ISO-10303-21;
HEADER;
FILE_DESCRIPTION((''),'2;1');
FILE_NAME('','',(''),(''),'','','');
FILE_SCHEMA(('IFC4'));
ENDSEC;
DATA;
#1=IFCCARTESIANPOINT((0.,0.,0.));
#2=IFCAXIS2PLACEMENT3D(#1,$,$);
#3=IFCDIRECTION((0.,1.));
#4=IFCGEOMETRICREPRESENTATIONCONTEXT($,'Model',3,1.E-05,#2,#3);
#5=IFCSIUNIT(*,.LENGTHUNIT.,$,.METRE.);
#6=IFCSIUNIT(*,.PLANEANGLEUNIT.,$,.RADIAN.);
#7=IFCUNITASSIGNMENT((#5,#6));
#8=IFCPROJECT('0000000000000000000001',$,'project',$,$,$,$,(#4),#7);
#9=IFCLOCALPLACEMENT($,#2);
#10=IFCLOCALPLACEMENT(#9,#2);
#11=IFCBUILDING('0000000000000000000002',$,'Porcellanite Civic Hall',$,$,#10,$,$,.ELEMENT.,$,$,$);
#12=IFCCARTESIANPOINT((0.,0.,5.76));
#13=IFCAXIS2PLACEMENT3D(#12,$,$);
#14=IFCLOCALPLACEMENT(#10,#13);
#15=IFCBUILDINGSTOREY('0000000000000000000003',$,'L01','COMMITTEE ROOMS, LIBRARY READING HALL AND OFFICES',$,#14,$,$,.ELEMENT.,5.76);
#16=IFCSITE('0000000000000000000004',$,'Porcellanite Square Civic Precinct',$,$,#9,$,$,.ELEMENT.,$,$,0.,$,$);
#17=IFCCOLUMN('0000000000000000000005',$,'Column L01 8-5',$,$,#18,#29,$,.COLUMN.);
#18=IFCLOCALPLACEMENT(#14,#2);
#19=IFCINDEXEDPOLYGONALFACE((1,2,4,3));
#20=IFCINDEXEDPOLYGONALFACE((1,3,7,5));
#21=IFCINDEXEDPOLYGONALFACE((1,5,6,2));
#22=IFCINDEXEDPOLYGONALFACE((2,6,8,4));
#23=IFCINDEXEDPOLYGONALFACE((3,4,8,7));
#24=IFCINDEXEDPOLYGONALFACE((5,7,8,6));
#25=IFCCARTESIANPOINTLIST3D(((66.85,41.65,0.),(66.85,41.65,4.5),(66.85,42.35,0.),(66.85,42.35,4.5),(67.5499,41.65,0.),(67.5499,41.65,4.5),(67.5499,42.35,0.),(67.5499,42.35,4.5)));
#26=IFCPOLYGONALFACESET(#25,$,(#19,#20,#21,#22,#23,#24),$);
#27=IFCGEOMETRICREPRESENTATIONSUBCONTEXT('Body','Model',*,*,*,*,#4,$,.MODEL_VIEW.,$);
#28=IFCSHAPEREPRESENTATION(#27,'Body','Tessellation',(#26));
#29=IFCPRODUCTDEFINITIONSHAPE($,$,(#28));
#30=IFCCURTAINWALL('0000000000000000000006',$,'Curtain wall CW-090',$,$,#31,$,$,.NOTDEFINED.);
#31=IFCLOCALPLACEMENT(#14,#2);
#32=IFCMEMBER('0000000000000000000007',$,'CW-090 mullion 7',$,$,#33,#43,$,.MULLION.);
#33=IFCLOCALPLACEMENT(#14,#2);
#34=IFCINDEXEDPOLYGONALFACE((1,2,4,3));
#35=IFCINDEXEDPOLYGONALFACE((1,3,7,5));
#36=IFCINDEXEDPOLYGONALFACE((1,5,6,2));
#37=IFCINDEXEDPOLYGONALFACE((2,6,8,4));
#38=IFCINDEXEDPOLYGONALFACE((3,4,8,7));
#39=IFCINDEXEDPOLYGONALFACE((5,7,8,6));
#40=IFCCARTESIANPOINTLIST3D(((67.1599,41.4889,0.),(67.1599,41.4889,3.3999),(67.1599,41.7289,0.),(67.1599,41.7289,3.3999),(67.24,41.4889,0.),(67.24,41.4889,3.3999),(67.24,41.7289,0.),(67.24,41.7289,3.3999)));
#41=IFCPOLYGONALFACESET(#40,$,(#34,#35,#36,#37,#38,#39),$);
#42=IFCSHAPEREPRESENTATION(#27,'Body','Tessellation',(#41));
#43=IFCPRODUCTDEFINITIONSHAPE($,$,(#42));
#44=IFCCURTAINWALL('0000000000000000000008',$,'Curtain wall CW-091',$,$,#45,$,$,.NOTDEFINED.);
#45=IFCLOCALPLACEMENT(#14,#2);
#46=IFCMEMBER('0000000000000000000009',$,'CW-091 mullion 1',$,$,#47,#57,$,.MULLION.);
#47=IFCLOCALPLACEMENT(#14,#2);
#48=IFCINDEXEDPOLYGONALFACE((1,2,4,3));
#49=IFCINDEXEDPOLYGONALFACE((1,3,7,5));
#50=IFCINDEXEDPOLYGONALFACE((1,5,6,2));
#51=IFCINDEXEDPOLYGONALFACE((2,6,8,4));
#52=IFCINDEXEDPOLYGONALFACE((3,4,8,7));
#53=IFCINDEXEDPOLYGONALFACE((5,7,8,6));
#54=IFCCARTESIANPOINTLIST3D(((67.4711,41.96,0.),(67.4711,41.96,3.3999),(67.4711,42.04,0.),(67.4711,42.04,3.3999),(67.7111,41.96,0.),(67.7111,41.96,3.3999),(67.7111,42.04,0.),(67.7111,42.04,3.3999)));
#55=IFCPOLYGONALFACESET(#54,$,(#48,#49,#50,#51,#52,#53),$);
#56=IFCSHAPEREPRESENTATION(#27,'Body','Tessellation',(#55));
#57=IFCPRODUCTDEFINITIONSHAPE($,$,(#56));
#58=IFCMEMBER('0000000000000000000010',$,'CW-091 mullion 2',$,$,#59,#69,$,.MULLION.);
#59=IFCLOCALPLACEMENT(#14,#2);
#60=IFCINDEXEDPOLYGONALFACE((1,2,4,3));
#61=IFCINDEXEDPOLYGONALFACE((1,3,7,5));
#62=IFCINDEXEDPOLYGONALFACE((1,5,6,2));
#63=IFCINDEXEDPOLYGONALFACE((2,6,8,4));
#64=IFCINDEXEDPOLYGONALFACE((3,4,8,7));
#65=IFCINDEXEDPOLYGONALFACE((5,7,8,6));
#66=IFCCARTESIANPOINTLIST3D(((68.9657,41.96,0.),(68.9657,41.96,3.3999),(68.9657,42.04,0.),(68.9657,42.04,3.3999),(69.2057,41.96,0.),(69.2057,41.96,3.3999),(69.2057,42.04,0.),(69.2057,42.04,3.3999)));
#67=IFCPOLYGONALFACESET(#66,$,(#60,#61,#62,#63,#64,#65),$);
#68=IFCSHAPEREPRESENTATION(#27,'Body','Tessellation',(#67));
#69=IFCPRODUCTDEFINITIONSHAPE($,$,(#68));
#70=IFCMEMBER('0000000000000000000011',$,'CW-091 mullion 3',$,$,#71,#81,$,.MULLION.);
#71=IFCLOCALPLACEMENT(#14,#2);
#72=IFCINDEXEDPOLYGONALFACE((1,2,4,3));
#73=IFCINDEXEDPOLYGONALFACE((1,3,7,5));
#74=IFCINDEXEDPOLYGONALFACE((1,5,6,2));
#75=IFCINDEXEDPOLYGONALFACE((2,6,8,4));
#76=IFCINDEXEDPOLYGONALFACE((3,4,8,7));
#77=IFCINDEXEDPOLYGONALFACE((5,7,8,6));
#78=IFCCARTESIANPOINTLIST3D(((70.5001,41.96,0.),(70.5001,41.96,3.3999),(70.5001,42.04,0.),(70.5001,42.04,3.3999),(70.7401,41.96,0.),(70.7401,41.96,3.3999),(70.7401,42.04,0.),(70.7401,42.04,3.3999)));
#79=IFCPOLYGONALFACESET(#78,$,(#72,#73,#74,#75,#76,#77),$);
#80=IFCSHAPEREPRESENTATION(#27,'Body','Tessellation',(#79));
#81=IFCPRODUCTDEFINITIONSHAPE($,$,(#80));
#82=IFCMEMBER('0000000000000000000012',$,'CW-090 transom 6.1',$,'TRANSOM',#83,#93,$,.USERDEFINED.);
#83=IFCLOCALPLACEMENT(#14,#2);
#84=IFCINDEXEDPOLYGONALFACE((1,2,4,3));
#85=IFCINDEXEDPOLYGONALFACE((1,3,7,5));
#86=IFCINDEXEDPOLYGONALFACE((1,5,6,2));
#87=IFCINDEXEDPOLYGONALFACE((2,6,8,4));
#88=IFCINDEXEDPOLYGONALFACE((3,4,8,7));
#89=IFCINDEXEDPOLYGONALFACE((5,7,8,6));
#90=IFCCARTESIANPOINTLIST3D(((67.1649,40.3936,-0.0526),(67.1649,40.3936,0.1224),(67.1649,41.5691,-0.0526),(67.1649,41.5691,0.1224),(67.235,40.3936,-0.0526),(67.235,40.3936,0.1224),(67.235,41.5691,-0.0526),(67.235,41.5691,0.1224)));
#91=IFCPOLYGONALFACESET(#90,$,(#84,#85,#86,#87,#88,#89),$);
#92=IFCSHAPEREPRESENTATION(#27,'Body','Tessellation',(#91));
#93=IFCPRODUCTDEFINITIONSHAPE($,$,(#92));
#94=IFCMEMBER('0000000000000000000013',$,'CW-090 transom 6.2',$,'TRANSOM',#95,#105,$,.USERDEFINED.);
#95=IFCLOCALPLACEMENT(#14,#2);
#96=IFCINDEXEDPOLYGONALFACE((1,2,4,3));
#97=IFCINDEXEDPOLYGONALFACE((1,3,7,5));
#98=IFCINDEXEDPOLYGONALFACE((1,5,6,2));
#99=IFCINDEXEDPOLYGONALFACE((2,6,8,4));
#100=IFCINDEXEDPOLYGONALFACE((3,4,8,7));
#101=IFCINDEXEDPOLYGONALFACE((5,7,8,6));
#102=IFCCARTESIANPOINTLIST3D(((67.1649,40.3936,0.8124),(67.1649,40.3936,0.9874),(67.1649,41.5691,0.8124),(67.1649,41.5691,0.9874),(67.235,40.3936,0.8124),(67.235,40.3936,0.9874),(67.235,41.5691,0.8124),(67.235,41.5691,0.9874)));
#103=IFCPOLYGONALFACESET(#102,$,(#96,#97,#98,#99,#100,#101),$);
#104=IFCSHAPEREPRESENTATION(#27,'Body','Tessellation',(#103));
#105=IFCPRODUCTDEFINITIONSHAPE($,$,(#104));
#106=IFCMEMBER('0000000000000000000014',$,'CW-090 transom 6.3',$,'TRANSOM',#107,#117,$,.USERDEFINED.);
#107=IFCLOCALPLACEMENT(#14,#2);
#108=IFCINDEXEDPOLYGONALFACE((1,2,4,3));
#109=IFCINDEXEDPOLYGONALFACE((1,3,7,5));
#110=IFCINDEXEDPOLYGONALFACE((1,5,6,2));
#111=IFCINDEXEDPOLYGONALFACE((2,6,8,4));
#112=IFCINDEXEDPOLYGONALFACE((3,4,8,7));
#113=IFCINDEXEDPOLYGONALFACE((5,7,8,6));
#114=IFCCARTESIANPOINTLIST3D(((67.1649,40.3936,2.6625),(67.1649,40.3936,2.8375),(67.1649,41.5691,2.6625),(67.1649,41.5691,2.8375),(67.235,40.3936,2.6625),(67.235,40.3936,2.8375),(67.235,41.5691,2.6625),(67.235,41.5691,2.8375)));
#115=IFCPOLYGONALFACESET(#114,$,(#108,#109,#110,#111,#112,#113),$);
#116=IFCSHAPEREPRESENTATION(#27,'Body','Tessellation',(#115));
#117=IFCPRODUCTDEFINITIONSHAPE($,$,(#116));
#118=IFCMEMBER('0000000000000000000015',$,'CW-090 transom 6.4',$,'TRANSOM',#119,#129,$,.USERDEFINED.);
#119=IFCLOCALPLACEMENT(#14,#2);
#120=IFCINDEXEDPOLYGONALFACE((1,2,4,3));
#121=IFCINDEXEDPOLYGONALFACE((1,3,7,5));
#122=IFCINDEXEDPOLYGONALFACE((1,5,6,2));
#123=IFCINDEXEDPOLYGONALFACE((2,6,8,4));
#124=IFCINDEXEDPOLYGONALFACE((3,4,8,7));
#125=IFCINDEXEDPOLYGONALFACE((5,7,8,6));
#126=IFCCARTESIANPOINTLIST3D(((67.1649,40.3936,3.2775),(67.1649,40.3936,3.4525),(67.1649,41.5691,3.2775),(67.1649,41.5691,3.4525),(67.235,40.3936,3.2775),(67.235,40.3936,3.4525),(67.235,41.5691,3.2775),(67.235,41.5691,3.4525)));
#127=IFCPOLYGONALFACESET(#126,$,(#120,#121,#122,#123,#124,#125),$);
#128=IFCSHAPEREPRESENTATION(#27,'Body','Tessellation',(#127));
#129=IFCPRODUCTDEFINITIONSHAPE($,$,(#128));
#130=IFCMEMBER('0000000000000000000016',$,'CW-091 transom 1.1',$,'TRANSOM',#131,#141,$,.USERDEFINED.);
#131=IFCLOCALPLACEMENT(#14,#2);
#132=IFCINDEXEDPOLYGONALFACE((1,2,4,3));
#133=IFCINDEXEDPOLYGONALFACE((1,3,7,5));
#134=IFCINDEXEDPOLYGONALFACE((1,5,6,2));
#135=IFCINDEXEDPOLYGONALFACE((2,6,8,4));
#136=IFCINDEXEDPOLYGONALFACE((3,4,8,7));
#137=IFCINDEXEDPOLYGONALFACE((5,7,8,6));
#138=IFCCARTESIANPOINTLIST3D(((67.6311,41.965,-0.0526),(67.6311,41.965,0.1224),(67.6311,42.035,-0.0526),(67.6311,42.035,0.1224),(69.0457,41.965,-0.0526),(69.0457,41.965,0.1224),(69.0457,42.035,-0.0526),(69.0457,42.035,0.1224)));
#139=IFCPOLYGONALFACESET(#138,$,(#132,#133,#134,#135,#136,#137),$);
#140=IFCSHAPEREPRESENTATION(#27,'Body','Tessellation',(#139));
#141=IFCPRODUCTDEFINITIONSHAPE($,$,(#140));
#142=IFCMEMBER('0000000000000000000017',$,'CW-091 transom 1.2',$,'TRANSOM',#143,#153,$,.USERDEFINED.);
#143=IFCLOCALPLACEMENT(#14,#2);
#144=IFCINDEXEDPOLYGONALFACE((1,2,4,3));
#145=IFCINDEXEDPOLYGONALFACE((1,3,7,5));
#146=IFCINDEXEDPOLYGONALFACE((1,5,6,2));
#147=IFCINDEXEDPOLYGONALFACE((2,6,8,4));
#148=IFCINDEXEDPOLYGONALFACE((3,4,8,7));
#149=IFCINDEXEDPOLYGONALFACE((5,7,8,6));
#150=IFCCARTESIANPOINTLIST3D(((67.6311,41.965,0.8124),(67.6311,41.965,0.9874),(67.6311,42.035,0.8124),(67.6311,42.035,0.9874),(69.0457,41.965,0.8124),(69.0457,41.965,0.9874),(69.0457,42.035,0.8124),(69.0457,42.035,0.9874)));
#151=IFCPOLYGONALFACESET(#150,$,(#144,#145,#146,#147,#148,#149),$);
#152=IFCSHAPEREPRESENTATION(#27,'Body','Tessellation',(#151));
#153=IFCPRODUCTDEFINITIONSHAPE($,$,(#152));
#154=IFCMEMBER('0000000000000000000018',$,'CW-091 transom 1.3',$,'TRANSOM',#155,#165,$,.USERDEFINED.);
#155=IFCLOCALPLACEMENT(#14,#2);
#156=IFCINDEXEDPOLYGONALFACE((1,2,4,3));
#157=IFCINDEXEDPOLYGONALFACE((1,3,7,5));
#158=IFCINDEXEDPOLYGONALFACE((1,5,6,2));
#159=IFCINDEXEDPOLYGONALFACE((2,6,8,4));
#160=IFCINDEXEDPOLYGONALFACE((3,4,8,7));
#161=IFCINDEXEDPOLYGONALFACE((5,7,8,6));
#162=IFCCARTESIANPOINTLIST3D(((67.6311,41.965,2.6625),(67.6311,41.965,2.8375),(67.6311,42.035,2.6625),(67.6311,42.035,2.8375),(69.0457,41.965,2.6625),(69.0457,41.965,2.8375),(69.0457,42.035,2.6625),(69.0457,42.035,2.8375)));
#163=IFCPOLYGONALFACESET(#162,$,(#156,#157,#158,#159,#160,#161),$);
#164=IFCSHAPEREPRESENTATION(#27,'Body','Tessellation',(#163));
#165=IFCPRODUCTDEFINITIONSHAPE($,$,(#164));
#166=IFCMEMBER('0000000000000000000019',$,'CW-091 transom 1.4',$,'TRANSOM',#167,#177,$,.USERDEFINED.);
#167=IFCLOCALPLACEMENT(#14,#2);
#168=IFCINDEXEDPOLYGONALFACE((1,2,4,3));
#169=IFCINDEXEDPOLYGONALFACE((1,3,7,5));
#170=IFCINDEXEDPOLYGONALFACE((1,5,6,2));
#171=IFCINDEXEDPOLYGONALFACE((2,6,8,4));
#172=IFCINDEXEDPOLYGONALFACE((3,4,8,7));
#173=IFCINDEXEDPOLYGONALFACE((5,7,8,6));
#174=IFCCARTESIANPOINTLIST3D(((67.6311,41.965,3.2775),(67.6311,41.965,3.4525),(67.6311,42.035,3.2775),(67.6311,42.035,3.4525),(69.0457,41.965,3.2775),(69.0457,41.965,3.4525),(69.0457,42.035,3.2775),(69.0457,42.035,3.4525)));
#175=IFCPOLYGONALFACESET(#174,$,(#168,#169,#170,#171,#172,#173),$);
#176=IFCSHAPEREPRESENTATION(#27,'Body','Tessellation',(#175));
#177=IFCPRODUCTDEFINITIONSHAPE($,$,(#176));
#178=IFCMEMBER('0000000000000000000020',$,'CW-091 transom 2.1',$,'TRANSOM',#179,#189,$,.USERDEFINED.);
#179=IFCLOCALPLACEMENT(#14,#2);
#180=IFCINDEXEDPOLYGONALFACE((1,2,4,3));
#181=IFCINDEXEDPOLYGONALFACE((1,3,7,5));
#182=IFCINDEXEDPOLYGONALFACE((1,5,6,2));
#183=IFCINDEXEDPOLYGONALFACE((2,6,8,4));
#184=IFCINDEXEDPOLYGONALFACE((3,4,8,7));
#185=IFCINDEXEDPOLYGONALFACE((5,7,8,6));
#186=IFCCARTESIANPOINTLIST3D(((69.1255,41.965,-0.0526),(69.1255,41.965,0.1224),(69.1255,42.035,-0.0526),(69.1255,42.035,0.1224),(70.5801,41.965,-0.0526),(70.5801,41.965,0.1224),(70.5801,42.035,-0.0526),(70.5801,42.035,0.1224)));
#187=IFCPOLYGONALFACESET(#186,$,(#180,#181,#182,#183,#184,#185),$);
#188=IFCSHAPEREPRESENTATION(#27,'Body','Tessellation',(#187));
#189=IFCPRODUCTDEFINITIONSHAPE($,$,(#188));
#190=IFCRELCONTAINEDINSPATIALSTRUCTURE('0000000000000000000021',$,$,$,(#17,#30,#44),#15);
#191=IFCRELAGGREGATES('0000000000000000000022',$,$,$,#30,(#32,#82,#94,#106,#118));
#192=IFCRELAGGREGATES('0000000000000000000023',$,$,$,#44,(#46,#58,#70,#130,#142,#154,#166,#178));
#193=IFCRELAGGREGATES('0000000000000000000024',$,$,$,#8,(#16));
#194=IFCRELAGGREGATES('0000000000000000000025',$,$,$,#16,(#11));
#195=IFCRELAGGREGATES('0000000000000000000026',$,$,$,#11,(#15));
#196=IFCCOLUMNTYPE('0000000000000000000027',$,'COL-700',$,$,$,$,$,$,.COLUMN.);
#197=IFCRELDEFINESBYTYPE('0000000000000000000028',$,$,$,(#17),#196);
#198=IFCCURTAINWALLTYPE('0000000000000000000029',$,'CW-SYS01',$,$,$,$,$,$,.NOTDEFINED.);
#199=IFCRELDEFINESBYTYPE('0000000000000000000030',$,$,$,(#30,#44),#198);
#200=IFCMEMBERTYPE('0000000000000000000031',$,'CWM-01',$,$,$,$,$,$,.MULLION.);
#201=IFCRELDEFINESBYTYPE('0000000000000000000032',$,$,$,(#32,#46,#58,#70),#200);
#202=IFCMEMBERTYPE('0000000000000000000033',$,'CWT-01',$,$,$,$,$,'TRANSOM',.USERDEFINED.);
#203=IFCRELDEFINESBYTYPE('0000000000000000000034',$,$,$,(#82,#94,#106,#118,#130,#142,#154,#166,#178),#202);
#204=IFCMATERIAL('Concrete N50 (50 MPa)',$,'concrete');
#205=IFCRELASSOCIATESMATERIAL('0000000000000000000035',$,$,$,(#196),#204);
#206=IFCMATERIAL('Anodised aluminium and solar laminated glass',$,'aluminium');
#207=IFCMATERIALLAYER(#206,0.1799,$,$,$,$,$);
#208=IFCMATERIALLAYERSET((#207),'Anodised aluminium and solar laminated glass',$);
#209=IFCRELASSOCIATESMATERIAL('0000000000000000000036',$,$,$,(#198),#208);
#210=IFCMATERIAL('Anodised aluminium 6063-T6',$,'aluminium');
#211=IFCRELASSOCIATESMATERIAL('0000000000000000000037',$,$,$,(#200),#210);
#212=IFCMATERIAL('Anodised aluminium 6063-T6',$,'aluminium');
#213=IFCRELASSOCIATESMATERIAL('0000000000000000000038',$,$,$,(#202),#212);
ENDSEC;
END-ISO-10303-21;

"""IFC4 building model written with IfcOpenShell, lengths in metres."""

from ifc_helpers import new_model, si_unit, direction, frame, origin, origin_2d, place, context, subcontext, project, spatial, rectangle, extrude, material, layer, layer_set, material_profile, profile_set, type_object, element, aggregate, save


model = new_model("IFC4")

# Units and contexts
model_context = context("Model", 3, precision=1e-05, world=origin(), true_north=direction((0.0, 1.0)))
body_context = subcontext(model_context, "Body", "Model", "MODEL_VIEW")
ifc_project = project(units=[si_unit("LENGTHUNIT", "METRE"), si_unit("PLANEANGLEUNIT", "RADIAN")], contexts=[model_context])

# Site, building, storey
site_placement = place(None, origin())
site = spatial("IfcSite", under=ifc_project, at=site_placement, Name="Porcellanite Square Civic Precinct", CompositionType="ELEMENT", RefElevation=0.0)
building_placement = place(site_placement, origin())
building = spatial("IfcBuilding", under=site, at=building_placement, Name="Porcellanite Civic Hall", CompositionType="ELEMENT")
storey_placement = place(building_placement, frame((0.0, 0.0, 5.76)))
storey = spatial("IfcBuildingStorey", under=building, at=storey_placement, Name="L01", Description="COMMITTEE ROOMS, LIBRARY READING HALL AND OFFICES", CompositionType="ELEMENT", Elevation=5.76)

# Column
ifc_material_1 = material(Name="Concrete N50 (50 MPa)", Category="concrete")
ifc_material_profile_1 = material_profile(ifc_material_1, rectangle(XDim=0.7, YDim=0.7, at=origin_2d()), Name="RC-700x700")
ifc_profile_set_1 = profile_set([ifc_material_profile_1], Name="Concrete N50 (50 MPa)")
column_type = type_object("IfcColumnType", Name="COL-700", PredefinedType="COLUMN", material=ifc_profile_set_1)
column_placement = place(storey_placement, frame((67.2, 42.0, 0.0), z_axis=(0.0, 0.0, 1.0), x_axis=(1.0, 0.0, 0.0)))
element("IfcColumn", 1, at=column_placement, inside=storey, type_object=column_type, Name="Column L01 8-5", PredefinedType="COLUMN", context=body_context, shape_type="SweptSolid", body=[
    extrude(rectangle(XDim=0.7, YDim=0.7, at=origin_2d()), origin(), (0.0, 0.0, 1.0), 4.5),
])

# Curtain wall, member
ifc_material_2 = material(Name="Anodised aluminium and solar laminated glass", Category="aluminium")
ifc_layer_1 = layer(ifc_material_2, 0.1799)
ifc_layer_set_1 = layer_set([ifc_layer_1], Name="Anodised aluminium and solar laminated glass")
curtain_wall_type = type_object("IfcCurtainWallType", Name="CW-SYS01", PredefinedType="NOTDEFINED", material=ifc_layer_set_1)
curtain_wall_1_placement = place(storey_placement, origin())
curtain_wall_1 = element("IfcCurtainWall", 2, at=curtain_wall_1_placement, inside=storey, type_object=curtain_wall_type, Name="Curtain wall CW-090", PredefinedType="NOTDEFINED")
ifc_material_3 = material(Name="Anodised aluminium 6063-T6", Category="aluminium")
ifc_material_profile_2 = material_profile(ifc_material_3, rectangle(XDim=0.0801, YDim=0.24, at=origin_2d()), Name="AL-80x240")
ifc_profile_set_2 = profile_set([ifc_material_profile_2], Name="Anodised aluminium 6063-T6")
member_type_1 = type_object("IfcMemberType", Name="CWM-01", PredefinedType="MULLION", material=ifc_profile_set_2)
member_1_placement = place(storey_placement, frame((67.2, 41.6089, 0.0), z_axis=(0.0, 0.0, 1.0), x_axis=(-1.0, 0.0, 0.0)))
member_1 = element("IfcMember", 3, at=member_1_placement, type_object=member_type_1, Name="CW-090 mullion 7", PredefinedType="MULLION", context=body_context, shape_type="SweptSolid", body=[
    extrude(rectangle(XDim=0.0801, YDim=0.24, at=origin_2d()), origin(), (0.0, 0.0, 1.0), 3.3999),
])

# Curtain wall, members
curtain_wall_2_placement = place(storey_placement, origin())
curtain_wall_2 = element("IfcCurtainWall", 4, at=curtain_wall_2_placement, inside=storey, type_object=curtain_wall_type, Name="Curtain wall CW-091", PredefinedType="NOTDEFINED")
member_2_placement = place(storey_placement, frame((67.5911, 42.0, 0.0), z_axis=(0.0, 0.0, 1.0), x_axis=(0.0, 1.0, 0.0)))
member_2 = element("IfcMember", 5, at=member_2_placement, type_object=member_type_1, Name="CW-091 mullion 1", PredefinedType="MULLION", context=body_context, shape_type="SweptSolid", body=[
    extrude(rectangle(XDim=0.0801, YDim=0.24, at=origin_2d()), origin(), (0.0, 0.0, 1.0), 3.3999),
])
member_3_placement = place(storey_placement, frame((69.0857, 42.0, 0.0), z_axis=(0.0, 0.0, 1.0), x_axis=(0.0, 1.0, 0.0)))
member_3 = element("IfcMember", 6, at=member_3_placement, type_object=member_type_1, Name="CW-091 mullion 2", PredefinedType="MULLION", context=body_context, shape_type="SweptSolid", body=[
    extrude(rectangle(XDim=0.0801, YDim=0.24, at=origin_2d()), origin(), (0.0, 0.0, 1.0), 3.3999),
])
member_4_placement = place(storey_placement, frame((70.6201, 42.0, 0.0), z_axis=(0.0, 0.0, 1.0), x_axis=(0.0, 1.0, 0.0)))
member_4 = element("IfcMember", 7, at=member_4_placement, type_object=member_type_1, Name="CW-091 mullion 3", PredefinedType="MULLION", context=body_context, shape_type="SweptSolid", body=[
    extrude(rectangle(XDim=0.0801, YDim=0.24, at=origin_2d()), origin(), (0.0, 0.0, 1.0), 3.3999),
])

# Members
ifc_material_4 = material(Name="Anodised aluminium 6063-T6", Category="aluminium")
ifc_material_profile_3 = material_profile(ifc_material_4, rectangle(XDim=0.0701, YDim=0.175, at=origin_2d()), Name="AL-70x175")
ifc_profile_set_3 = profile_set([ifc_material_profile_3], Name="Anodised aluminium 6063-T6")
member_type_2 = type_object("IfcMemberType", Name="CWT-01", ElementType="TRANSOM", PredefinedType="USERDEFINED", material=ifc_profile_set_3)
member_5_placement = place(storey_placement, frame((67.2, 40.3936, 0.0349), z_axis=(0.0, 1.0, 0.0), x_axis=(-1.0, 0.0, 0.0)))
member_5 = element("IfcMember", 8, at=member_5_placement, type_object=member_type_2, Name="CW-090 transom 6.1", ObjectType="TRANSOM", PredefinedType="USERDEFINED", context=body_context, shape_type="SweptSolid", body=[
    extrude(rectangle(XDim=0.0701, YDim=0.175, at=origin_2d()), origin(), (0.0, 0.0, 1.0), 1.1755),
])
member_6_placement = place(storey_placement, frame((67.2, 40.3936, 0.8999), z_axis=(0.0, 1.0, 0.0), x_axis=(-1.0, 0.0, 0.0)))
member_6 = element("IfcMember", 9, at=member_6_placement, type_object=member_type_2, Name="CW-090 transom 6.2", ObjectType="TRANSOM", PredefinedType="USERDEFINED", context=body_context, shape_type="SweptSolid", body=[
    extrude(rectangle(XDim=0.0701, YDim=0.175, at=origin_2d()), origin(), (0.0, 0.0, 1.0), 1.1755),
])
member_7_placement = place(storey_placement, frame((67.2, 40.3936, 2.75), z_axis=(0.0, 1.0, 0.0), x_axis=(-1.0, 0.0, 0.0)))
member_7 = element("IfcMember", 10, at=member_7_placement, type_object=member_type_2, Name="CW-090 transom 6.3", ObjectType="TRANSOM", PredefinedType="USERDEFINED", context=body_context, shape_type="SweptSolid", body=[
    extrude(rectangle(XDim=0.0701, YDim=0.175, at=origin_2d()), origin(), (0.0, 0.0, 1.0), 1.1755),
])
member_8_placement = place(storey_placement, frame((67.2, 40.3936, 3.365), z_axis=(0.0, 1.0, 0.0), x_axis=(-1.0, 0.0, 0.0)))
member_8 = element("IfcMember", 11, at=member_8_placement, type_object=member_type_2, Name="CW-090 transom 6.4", ObjectType="TRANSOM", PredefinedType="USERDEFINED", context=body_context, shape_type="SweptSolid", body=[
    extrude(rectangle(XDim=0.0701, YDim=0.175, at=origin_2d()), origin(), (0.0, 0.0, 1.0), 1.1755),
])
member_9_placement = place(storey_placement, frame((67.6311, 42.0, 0.0349), z_axis=(1.0, 0.0, 0.0), x_axis=(0.0, 1.0, 0.0)))
member_9 = element("IfcMember", 12, at=member_9_placement, type_object=member_type_2, Name="CW-091 transom 1.1", ObjectType="TRANSOM", PredefinedType="USERDEFINED", context=body_context, shape_type="SweptSolid", body=[
    extrude(rectangle(XDim=0.0701, YDim=0.175, at=origin_2d()), origin(), (0.0, 0.0, 1.0), 1.4146),
])
member_10_placement = place(storey_placement, frame((67.6311, 42.0, 0.8999), z_axis=(1.0, 0.0, 0.0), x_axis=(0.0, 1.0, 0.0)))
member_10 = element("IfcMember", 13, at=member_10_placement, type_object=member_type_2, Name="CW-091 transom 1.2", ObjectType="TRANSOM", PredefinedType="USERDEFINED", context=body_context, shape_type="SweptSolid", body=[
    extrude(rectangle(XDim=0.0701, YDim=0.175, at=origin_2d()), origin(), (0.0, 0.0, 1.0), 1.4146),
])
member_11_placement = place(storey_placement, frame((67.6311, 42.0, 2.75), z_axis=(1.0, 0.0, 0.0), x_axis=(0.0, 1.0, 0.0)))
member_11 = element("IfcMember", 14, at=member_11_placement, type_object=member_type_2, Name="CW-091 transom 1.3", ObjectType="TRANSOM", PredefinedType="USERDEFINED", context=body_context, shape_type="SweptSolid", body=[
    extrude(rectangle(XDim=0.0701, YDim=0.175, at=origin_2d()), origin(), (0.0, 0.0, 1.0), 1.4146),
])
member_12_placement = place(storey_placement, frame((67.6311, 42.0, 3.365), z_axis=(1.0, 0.0, 0.0), x_axis=(0.0, 1.0, 0.0)))
member_12 = element("IfcMember", 15, at=member_12_placement, type_object=member_type_2, Name="CW-091 transom 1.4", ObjectType="TRANSOM", PredefinedType="USERDEFINED", context=body_context, shape_type="SweptSolid", body=[
    extrude(rectangle(XDim=0.0701, YDim=0.175, at=origin_2d()), origin(), (0.0, 0.0, 1.0), 1.4146),
])
member_13_placement = place(storey_placement, frame((69.1255, 42.0, 0.0349), z_axis=(1.0, 0.0, 0.0), x_axis=(0.0, 1.0, 0.0)))
member_13 = element("IfcMember", 16, at=member_13_placement, type_object=member_type_2, Name="CW-091 transom 2.1", ObjectType="TRANSOM", PredefinedType="USERDEFINED", context=body_context, shape_type="SweptSolid", body=[
    extrude(rectangle(XDim=0.0701, YDim=0.175, at=origin_2d()), origin(), (0.0, 0.0, 1.0), 1.4546),
])

aggregate(curtain_wall_1, [member_1, member_5, member_6, member_7, member_8])
aggregate(curtain_wall_2, [member_2, member_3, member_4, member_9, member_10, member_11, member_12, member_13])

save(model, "model.ifc")
